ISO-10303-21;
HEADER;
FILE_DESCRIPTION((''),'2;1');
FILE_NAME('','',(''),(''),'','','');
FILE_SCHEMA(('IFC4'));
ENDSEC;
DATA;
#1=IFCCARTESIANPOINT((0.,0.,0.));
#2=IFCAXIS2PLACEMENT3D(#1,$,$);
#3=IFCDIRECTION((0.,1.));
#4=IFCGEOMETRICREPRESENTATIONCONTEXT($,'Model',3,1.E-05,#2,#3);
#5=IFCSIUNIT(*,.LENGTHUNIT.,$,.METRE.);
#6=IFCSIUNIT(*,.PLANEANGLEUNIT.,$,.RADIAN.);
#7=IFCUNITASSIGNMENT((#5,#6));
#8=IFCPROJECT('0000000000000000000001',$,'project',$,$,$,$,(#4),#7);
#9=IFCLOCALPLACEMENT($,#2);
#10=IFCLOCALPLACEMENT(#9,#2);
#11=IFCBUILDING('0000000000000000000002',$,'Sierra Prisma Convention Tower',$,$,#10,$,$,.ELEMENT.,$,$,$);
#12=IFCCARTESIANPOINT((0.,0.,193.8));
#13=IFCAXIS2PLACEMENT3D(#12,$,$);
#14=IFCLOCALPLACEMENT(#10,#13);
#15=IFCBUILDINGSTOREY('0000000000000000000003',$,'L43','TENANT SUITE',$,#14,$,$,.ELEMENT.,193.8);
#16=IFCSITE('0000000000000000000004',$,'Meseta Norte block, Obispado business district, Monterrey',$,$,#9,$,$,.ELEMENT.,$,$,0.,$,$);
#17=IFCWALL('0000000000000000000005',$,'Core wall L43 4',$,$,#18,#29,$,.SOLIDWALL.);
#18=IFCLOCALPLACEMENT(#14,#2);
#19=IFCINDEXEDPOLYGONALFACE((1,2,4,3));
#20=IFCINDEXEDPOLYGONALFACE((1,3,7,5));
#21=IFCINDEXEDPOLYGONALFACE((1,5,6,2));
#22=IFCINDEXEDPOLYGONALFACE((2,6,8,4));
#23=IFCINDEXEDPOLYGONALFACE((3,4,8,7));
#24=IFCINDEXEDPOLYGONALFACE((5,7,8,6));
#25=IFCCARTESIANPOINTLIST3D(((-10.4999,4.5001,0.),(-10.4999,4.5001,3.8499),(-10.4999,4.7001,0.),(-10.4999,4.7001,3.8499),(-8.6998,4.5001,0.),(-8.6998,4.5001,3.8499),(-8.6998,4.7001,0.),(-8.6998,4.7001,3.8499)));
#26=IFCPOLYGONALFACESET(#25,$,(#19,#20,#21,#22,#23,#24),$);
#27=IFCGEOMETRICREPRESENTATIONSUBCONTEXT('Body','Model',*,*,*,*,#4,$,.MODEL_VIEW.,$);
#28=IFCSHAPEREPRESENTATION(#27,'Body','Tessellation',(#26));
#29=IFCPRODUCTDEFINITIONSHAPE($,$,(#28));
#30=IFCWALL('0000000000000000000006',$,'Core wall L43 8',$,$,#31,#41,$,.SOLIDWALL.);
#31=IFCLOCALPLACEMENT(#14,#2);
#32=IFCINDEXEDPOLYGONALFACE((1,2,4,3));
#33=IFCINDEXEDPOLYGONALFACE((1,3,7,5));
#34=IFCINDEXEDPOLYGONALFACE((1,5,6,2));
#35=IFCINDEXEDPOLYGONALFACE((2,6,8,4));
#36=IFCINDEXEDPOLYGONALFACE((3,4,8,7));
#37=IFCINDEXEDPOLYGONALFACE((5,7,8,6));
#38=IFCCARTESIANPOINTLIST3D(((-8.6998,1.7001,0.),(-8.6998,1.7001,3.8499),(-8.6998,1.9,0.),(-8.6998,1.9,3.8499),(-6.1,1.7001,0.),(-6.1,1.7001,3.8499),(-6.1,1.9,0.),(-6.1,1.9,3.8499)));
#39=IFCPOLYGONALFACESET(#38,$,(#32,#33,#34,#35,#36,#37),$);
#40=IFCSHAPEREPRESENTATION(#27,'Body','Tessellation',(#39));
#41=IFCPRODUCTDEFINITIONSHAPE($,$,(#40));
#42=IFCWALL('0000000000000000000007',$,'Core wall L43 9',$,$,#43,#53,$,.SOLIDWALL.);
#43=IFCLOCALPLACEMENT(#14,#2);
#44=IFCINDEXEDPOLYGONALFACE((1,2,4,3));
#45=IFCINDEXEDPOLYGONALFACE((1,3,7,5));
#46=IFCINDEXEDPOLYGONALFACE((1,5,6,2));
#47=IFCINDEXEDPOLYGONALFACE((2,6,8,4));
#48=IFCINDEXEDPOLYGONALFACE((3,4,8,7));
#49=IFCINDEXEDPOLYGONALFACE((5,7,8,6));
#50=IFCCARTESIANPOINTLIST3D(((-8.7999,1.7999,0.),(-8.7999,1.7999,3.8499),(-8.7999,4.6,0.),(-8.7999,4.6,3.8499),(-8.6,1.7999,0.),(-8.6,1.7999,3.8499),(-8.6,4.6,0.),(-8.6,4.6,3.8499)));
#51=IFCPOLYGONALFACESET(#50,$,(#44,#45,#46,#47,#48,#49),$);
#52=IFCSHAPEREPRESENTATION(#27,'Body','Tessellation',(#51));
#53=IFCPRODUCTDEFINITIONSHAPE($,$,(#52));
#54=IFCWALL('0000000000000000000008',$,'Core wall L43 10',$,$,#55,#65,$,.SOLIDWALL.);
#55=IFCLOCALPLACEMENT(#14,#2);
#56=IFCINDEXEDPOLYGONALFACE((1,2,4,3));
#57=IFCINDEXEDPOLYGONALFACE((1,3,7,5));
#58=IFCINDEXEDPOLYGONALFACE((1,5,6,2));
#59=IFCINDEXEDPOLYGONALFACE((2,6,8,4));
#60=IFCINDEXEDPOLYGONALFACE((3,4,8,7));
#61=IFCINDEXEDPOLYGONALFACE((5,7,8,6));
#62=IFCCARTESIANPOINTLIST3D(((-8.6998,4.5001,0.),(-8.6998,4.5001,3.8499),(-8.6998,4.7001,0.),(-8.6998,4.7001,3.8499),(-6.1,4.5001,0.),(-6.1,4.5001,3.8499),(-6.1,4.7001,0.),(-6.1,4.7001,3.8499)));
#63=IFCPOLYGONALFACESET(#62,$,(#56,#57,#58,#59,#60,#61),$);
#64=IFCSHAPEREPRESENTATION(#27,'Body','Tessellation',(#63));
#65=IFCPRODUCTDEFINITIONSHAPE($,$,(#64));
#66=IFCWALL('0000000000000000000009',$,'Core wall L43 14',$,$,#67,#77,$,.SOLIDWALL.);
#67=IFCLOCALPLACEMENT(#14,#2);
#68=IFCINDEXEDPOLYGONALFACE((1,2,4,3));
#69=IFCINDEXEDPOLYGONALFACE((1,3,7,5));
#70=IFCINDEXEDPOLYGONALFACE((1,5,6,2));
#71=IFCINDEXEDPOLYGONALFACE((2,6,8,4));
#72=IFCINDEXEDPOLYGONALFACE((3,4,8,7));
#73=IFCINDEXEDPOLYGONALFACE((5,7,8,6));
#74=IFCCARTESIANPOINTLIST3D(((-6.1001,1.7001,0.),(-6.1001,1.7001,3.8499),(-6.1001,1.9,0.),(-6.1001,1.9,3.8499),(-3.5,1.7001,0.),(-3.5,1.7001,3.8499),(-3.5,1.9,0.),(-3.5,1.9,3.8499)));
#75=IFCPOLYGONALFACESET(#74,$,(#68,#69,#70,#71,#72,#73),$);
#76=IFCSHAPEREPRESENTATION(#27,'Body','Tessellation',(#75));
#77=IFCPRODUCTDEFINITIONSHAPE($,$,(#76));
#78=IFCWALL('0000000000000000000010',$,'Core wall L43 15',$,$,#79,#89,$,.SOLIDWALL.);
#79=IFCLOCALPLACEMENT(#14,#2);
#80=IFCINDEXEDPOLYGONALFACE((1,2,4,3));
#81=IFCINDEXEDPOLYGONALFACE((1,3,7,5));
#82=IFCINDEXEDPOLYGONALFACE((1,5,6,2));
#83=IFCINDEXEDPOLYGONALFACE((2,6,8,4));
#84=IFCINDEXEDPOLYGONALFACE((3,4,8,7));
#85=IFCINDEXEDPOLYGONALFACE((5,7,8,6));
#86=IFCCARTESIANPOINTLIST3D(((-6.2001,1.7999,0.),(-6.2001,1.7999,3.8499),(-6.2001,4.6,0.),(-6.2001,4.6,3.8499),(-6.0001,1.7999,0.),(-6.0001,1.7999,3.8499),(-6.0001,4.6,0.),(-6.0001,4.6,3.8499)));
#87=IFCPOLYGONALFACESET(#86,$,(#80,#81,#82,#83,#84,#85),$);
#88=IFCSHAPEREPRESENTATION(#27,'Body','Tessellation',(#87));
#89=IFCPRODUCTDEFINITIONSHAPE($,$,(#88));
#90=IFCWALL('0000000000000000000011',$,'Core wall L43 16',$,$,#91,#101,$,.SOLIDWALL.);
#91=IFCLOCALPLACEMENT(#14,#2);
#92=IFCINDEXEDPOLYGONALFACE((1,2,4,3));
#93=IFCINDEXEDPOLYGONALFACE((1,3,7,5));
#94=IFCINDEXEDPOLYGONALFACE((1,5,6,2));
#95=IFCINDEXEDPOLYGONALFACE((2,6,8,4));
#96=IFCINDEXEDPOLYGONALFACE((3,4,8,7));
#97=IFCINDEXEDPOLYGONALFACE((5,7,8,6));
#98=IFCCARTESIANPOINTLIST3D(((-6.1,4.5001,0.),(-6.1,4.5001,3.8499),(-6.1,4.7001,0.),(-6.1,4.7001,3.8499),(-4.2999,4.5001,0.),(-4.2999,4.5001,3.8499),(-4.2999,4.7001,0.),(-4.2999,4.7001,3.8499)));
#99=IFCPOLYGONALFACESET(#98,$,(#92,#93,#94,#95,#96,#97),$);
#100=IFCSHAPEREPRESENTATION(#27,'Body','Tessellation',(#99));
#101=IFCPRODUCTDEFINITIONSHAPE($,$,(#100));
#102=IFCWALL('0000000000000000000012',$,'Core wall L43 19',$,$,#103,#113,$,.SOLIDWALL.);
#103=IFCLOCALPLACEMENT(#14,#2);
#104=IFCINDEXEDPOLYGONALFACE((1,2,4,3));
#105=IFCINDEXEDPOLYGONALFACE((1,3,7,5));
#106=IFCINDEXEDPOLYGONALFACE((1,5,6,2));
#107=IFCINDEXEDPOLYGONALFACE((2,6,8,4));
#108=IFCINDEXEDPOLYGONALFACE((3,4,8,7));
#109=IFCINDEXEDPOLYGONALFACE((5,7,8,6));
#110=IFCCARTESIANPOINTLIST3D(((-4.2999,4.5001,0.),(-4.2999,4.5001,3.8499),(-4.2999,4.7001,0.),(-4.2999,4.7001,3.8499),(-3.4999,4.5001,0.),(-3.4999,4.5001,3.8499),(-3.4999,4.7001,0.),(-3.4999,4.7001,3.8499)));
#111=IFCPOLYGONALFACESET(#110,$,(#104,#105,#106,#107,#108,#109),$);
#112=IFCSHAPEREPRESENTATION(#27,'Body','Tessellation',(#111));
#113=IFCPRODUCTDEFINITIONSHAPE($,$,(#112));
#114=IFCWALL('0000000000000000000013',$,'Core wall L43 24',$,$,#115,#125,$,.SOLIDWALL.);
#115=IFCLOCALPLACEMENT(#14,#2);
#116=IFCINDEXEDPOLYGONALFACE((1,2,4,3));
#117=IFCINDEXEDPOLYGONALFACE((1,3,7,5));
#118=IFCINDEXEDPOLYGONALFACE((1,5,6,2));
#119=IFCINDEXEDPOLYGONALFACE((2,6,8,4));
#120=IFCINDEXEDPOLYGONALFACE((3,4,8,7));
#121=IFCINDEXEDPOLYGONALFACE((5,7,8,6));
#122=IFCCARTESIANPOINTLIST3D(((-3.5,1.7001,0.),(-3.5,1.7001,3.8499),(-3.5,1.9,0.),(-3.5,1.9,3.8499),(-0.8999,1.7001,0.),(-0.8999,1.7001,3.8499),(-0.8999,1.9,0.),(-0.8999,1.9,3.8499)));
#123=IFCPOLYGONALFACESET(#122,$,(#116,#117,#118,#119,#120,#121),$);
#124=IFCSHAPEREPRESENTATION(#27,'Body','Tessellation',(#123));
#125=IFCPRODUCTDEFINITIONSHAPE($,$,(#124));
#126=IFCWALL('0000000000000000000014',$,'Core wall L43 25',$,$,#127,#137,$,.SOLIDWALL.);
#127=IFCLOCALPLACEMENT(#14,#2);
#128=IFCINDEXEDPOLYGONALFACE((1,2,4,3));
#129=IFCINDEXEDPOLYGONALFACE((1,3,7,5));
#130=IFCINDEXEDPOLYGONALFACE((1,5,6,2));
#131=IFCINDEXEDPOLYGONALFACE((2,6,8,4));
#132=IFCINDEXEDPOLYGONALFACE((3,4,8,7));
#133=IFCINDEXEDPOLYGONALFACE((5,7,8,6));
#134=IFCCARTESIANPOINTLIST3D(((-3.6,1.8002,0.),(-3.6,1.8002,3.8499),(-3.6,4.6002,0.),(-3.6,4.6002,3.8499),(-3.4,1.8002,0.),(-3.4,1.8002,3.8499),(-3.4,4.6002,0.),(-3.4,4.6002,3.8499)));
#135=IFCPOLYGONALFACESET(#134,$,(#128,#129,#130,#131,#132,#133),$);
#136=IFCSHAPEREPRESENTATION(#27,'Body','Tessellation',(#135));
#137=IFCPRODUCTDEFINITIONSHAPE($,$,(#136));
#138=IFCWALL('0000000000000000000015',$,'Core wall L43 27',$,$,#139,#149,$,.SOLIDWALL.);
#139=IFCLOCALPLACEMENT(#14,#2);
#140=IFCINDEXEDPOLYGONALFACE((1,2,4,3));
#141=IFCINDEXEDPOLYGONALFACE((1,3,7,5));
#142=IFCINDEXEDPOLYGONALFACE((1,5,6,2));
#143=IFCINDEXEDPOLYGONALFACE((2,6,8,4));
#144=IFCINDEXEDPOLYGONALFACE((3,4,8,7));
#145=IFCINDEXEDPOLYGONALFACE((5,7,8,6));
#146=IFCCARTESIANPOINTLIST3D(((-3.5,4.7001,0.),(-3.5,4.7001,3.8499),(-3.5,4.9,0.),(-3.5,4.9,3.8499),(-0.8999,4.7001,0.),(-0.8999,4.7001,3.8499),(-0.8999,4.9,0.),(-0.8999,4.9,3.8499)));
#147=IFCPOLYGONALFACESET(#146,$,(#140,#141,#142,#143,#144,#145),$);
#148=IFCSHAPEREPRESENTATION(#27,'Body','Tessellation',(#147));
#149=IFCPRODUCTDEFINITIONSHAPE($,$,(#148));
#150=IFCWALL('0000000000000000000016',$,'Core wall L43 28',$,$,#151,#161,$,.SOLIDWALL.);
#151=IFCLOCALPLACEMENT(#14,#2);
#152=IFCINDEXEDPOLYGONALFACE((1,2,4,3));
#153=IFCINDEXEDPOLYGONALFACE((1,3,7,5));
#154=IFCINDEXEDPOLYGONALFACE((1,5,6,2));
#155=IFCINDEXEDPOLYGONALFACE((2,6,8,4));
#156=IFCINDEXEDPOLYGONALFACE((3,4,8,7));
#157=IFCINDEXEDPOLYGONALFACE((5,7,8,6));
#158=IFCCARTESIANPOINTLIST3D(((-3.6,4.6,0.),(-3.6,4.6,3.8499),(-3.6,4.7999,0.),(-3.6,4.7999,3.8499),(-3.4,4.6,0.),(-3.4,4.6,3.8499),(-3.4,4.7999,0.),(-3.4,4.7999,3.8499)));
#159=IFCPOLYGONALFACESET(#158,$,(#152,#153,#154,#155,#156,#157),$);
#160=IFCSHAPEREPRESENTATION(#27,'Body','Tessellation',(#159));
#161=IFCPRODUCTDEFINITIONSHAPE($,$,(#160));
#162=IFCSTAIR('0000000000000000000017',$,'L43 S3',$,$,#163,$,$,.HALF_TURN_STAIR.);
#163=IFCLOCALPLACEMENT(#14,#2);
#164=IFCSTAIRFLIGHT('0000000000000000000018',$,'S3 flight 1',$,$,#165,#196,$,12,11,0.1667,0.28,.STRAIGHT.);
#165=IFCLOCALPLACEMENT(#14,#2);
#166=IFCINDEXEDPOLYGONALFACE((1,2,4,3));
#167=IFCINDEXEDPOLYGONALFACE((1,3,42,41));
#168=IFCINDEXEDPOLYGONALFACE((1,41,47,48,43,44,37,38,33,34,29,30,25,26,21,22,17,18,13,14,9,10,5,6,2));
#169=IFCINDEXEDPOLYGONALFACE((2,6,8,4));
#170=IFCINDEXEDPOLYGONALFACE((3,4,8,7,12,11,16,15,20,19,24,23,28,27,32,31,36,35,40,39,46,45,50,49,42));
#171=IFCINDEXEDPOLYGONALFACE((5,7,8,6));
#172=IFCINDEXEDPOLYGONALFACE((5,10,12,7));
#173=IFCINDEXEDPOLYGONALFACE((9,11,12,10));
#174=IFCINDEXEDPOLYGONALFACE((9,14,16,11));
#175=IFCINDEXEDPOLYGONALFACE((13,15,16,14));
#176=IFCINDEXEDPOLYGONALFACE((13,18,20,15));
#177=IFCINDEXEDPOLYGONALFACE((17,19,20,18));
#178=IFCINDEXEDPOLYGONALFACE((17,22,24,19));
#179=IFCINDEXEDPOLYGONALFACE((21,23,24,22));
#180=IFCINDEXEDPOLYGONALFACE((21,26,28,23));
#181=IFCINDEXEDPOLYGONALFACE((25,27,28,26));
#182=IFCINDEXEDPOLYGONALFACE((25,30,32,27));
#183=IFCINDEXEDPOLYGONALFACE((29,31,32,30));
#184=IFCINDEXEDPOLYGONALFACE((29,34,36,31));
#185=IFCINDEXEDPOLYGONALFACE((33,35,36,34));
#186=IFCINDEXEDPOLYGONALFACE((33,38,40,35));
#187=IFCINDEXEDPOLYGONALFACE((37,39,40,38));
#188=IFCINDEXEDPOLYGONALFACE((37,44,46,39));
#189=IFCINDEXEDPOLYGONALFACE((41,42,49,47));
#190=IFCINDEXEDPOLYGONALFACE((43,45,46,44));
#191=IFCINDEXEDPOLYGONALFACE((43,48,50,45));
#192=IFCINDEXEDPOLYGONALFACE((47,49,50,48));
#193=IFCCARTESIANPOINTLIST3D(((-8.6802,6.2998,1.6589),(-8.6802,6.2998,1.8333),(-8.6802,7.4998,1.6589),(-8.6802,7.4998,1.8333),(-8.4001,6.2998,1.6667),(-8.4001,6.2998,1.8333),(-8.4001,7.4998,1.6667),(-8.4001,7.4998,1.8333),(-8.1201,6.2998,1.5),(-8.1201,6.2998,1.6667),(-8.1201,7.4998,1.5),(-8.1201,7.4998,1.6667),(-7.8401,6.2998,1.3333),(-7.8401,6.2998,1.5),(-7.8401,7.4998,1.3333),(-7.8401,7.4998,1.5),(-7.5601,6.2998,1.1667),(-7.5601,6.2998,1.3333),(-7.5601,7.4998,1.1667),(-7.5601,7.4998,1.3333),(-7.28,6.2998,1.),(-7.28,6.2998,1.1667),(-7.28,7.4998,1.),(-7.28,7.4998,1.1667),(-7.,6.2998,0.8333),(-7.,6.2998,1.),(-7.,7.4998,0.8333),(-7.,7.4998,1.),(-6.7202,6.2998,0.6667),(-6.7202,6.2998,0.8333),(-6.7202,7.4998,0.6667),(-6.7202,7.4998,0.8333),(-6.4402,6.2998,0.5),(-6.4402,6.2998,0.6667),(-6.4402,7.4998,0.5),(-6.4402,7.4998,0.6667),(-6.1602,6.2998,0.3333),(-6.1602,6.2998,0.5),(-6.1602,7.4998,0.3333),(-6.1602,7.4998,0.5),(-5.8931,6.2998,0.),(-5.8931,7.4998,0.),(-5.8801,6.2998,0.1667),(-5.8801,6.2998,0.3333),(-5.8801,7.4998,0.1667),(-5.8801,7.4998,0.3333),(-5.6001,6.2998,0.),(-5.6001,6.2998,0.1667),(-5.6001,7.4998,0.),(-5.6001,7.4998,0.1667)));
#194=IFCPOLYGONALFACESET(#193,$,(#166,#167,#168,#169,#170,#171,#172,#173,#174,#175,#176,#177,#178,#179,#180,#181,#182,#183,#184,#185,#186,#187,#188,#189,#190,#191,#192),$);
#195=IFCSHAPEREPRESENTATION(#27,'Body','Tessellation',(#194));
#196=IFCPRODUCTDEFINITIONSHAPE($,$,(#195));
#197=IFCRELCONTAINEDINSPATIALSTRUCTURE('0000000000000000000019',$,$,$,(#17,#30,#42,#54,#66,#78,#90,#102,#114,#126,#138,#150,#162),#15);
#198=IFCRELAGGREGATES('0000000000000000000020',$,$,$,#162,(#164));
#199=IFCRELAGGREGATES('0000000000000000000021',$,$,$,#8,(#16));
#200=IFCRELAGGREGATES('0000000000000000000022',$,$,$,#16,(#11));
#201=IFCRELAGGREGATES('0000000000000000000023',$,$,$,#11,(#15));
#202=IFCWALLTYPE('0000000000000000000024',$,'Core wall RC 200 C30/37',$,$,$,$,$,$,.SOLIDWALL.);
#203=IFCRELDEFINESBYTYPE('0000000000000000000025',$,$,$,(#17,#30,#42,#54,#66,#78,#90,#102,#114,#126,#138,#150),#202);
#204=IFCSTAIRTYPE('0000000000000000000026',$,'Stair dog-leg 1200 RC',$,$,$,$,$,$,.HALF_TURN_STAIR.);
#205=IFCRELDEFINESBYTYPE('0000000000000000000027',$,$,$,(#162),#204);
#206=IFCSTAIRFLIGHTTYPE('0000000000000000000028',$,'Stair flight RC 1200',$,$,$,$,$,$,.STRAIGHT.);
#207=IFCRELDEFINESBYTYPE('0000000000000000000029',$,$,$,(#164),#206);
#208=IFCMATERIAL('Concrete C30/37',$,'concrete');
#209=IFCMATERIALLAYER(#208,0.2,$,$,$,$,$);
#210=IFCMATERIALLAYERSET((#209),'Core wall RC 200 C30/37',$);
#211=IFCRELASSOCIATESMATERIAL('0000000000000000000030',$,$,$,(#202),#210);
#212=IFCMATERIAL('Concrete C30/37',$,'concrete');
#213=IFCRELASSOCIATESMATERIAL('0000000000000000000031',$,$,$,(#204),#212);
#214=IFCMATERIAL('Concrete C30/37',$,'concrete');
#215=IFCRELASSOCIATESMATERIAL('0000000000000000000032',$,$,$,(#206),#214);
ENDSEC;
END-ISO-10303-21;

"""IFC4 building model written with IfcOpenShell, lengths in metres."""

from ifc_helpers import new_model, si_unit, direction, frame, frame_2d, origin, place, context, subcontext, project, spatial, polyline, rectangle, outline, extrude, material, layer, layer_set, type_object, element, aggregate, save


model = new_model("IFC4")

# Units and contexts
model_context = context("Model", 3, precision=1e-05, world=origin(), true_north=direction((0.0, 1.0)))
body_context = subcontext(model_context, "Body", "Model", "MODEL_VIEW")
ifc_project = project(units=[si_unit("LENGTHUNIT", "METRE"), si_unit("PLANEANGLEUNIT", "RADIAN")], contexts=[model_context])

# Site, building, storey
site_placement = place(None, origin())
site = spatial("IfcSite", under=ifc_project, at=site_placement, Name="Meseta Norte block, Obispado business district, Monterrey", CompositionType="ELEMENT", RefElevation=0.0)
building_placement = place(site_placement, origin())
building = spatial("IfcBuilding", under=site, at=building_placement, Name="Sierra Prisma Convention Tower", CompositionType="ELEMENT")
storey_placement = place(building_placement, frame((0.0, 0.0, 193.8)))
storey = spatial("IfcBuildingStorey", under=building, at=storey_placement, Name="L43", Description="TENANT SUITE", CompositionType="ELEMENT", Elevation=193.8)

# Walls
ifc_material_1 = material(Name="Concrete C30/37", Category="concrete")
ifc_layer_1 = layer(ifc_material_1, 0.2)
ifc_layer_set_1 = layer_set([ifc_layer_1], Name="Core wall RC 200 C30/37")
wall_type = type_object("IfcWallType", Name="Core wall RC 200 C30/37", PredefinedType="SOLIDWALL", material=ifc_layer_set_1)
wall_1_placement = place(storey_placement, frame((-8.7, 4.6001, 0.0), z_axis=(0.0, 0.0, 1.0), x_axis=(-1.0, 0.0, 0.0)))
element("IfcWall", 1, at=wall_1_placement, inside=storey, type_object=wall_type, Name="Core wall L43 4", PredefinedType="SOLIDWALL", context=body_context, shape_type="SweptSolid", body=[
    extrude(rectangle(XDim=1.8, YDim=0.2, at=frame_2d((0.8999, 0.0))), origin(), (0.0, 0.0, 1.0), 3.8499),
])
wall_2_placement = place(storey_placement, frame((-6.1001, 1.8, 0.0), z_axis=(0.0, 0.0, 1.0), x_axis=(-1.0, 0.0, 0.0)))
element("IfcWall", 2, at=wall_2_placement, inside=storey, type_object=wall_type, Name="Core wall L43 8", PredefinedType="SOLIDWALL", context=body_context, shape_type="SweptSolid", body=[
    extrude(rectangle(XDim=2.5999, YDim=0.2, at=frame_2d((1.2998, 0.0))), origin(), (0.0, 0.0, 1.0), 3.8499),
])
wall_3_placement = place(storey_placement, frame((-8.7, 1.8, 0.0), z_axis=(0.0, 0.0, 1.0), x_axis=(0.0, 1.0, 0.0)))
element("IfcWall", 3, at=wall_3_placement, inside=storey, type_object=wall_type, Name="Core wall L43 9", PredefinedType="SOLIDWALL", context=body_context, shape_type="SweptSolid", body=[
    extrude(rectangle(XDim=2.8, YDim=0.2, at=frame_2d((1.3999, 0.0))), origin(), (0.0, 0.0, 1.0), 3.8499),
])
wall_4_placement = place(storey_placement, frame((-6.1001, 4.6001, 0.0), z_axis=(0.0, 0.0, 1.0), x_axis=(-1.0, 0.0, 0.0)))
element("IfcWall", 4, at=wall_4_placement, inside=storey, type_object=wall_type, Name="Core wall L43 10", PredefinedType="SOLIDWALL", context=body_context, shape_type="SweptSolid", body=[
    extrude(rectangle(XDim=2.5999, YDim=0.2, at=frame_2d((1.2998, 0.0))), origin(), (0.0, 0.0, 1.0), 3.8499),
])
wall_5_placement = place(storey_placement, frame((-3.5, 1.8, 0.0), z_axis=(0.0, 0.0, 1.0), x_axis=(-1.0, 0.0, 0.0)))
element("IfcWall", 5, at=wall_5_placement, inside=storey, type_object=wall_type, Name="Core wall L43 14", PredefinedType="SOLIDWALL", context=body_context, shape_type="SweptSolid", body=[
    extrude(rectangle(XDim=2.6001, YDim=0.2, at=frame_2d((1.3, 0.0))), origin(), (0.0, 0.0, 1.0), 3.8499),
])
wall_6_placement = place(storey_placement, frame((-6.1001, 1.8, 0.0), z_axis=(0.0, 0.0, 1.0), x_axis=(0.0, 1.0, 0.0)))
element("IfcWall", 6, at=wall_6_placement, inside=storey, type_object=wall_type, Name="Core wall L43 15", PredefinedType="SOLIDWALL", context=body_context, shape_type="SweptSolid", body=[
    extrude(rectangle(XDim=2.8, YDim=0.2, at=frame_2d((1.3999, 0.0))), origin(), (0.0, 0.0, 1.0), 3.8499),
])
wall_7_placement = place(storey_placement, frame((-4.3, 4.6001, 0.0), z_axis=(0.0, 0.0, 1.0), x_axis=(-1.0, 0.0, 0.0)))
element("IfcWall", 7, at=wall_7_placement, inside=storey, type_object=wall_type, Name="Core wall L43 16", PredefinedType="SOLIDWALL", context=body_context, shape_type="SweptSolid", body=[
    extrude(rectangle(XDim=1.8, YDim=0.2, at=frame_2d((0.8999, 0.0))), origin(), (0.0, 0.0, 1.0), 3.8499),
])
wall_8_placement = place(storey_placement, frame((-3.5, 4.6001, 0.0), z_axis=(0.0, 0.0, 1.0), x_axis=(-1.0, 0.0, 0.0)))
element("IfcWall", 8, at=wall_8_placement, inside=storey, type_object=wall_type, Name="Core wall L43 19", PredefinedType="SOLIDWALL", context=body_context, shape_type="SweptSolid", body=[
    extrude(rectangle(XDim=0.8, YDim=0.2, at=frame_2d((0.3999, 0.0))), origin(), (0.0, 0.0, 1.0), 3.8499),
])

# Walls
wall_9_placement = place(storey_placement, frame((-0.8999, 1.8, 0.0), z_axis=(0.0, 0.0, 1.0), x_axis=(-1.0, 0.0, 0.0)))
element("IfcWall", 9, at=wall_9_placement, inside=storey, type_object=wall_type, Name="Core wall L43 24", PredefinedType="SOLIDWALL", context=body_context, shape_type="SweptSolid", body=[
    extrude(rectangle(XDim=2.6001, YDim=0.2, at=frame_2d((1.3, 0.0))), origin(), (0.0, 0.0, 1.0), 3.8499),
])
wall_10_placement = place(storey_placement, frame((-3.5, 4.6001, 0.0), z_axis=(0.0, 0.0, 1.0), x_axis=(0.0, -1.0, 0.0)))
element("IfcWall", 10, at=wall_10_placement, inside=storey, type_object=wall_type, Name="Core wall L43 25", PredefinedType="SOLIDWALL", context=body_context, shape_type="SweptSolid", body=[
    extrude(rectangle(XDim=2.8, YDim=0.2, at=frame_2d((1.3999, 0.0))), origin(), (0.0, 0.0, 1.0), 3.8499),
])

# Walls
wall_11_placement = place(storey_placement, frame((-0.8999, 4.8, 0.0), z_axis=(0.0, 0.0, 1.0), x_axis=(-1.0, 0.0, 0.0)))
element("IfcWall", 11, at=wall_11_placement, inside=storey, type_object=wall_type, Name="Core wall L43 27", PredefinedType="SOLIDWALL", context=body_context, shape_type="SweptSolid", body=[
    extrude(rectangle(XDim=2.6001, YDim=0.2, at=frame_2d((1.3, 0.0))), origin(), (0.0, 0.0, 1.0), 3.8499),
])
wall_12_placement = place(storey_placement, frame((-3.5, 4.8, 0.0), z_axis=(0.0, 0.0, 1.0), x_axis=(0.0, -1.0, 0.0)))
element("IfcWall", 12, at=wall_12_placement, inside=storey, type_object=wall_type, Name="Core wall L43 28", PredefinedType="SOLIDWALL", context=body_context, shape_type="SweptSolid", body=[
    extrude(rectangle(XDim=0.2, YDim=0.2, at=frame_2d((0.1001, 0.0))), origin(), (0.0, 0.0, 1.0), 3.8499),
])

# Stair, stair flight
ifc_material_2 = material(Name="Concrete C30/37", Category="concrete")
stair_type = type_object("IfcStairType", Name="Stair dog-leg 1200 RC", PredefinedType="HALF_TURN_STAIR", material=ifc_material_2)
stair_placement = place(storey_placement, origin())
stair = element("IfcStair", 13, at=stair_placement, inside=storey, type_object=stair_type, Name="L43 S3", PredefinedType="HALF_TURN_STAIR")
ifc_material_3 = material(Name="Concrete C30/37", Category="concrete")
stair_flight_type = type_object("IfcStairFlightType", Name="Stair flight RC 1200", PredefinedType="STRAIGHT", material=ifc_material_3)
stair_flight_1_placement = place(storey_placement, frame((-5.6001, 6.8999, 0.0), z_axis=(0.0, 0.0, 1.0), x_axis=(-1.0, 0.0, 0.0)))
stair_flight_1 = element("IfcStairFlight", 14, at=stair_flight_1_placement, type_object=stair_flight_type, Name="S3 flight 1", NumberOfRisers=12, NumberOfTreads=11, PredefinedType="STRAIGHT", RiserHeight=0.1667, TreadLength=0.28, context=body_context, shape_type="SweptSolid", body=[
    extrude(outline(polyline([(0.0, 0.0), (0.0, 0.1667), (0.28, 0.1667), (0.28, 0.3333), (0.5601, 0.3333), (0.5601, 0.5), (0.8401, 0.5), (0.8401, 0.6667), (1.1201, 0.6667), (1.1201, 0.8333), (1.3999, 0.8333), (1.3999, 1.0), (1.6799, 1.0), (1.6799, 1.1667), (1.96, 1.1667), (1.96, 1.3333), (2.24, 1.3333), (2.24, 1.5), (2.52, 1.5), (2.52, 1.6667), (2.8, 1.6667), (2.8, 1.8333), (3.0801, 1.8333), (3.0801, 2.0), (3.0801, 1.6589), (0.293, 0.0), (0.0, 0.0)])), frame((0.0, 0.6001, 0.0), z_axis=(0.0, -1.0, 0.0), x_axis=(1.0, 0.0, 0.0)), (0.0, 0.0, 1.0), 1.2),
])
aggregate(stair, [stair_flight_1])

save(model, "model.ifc")
